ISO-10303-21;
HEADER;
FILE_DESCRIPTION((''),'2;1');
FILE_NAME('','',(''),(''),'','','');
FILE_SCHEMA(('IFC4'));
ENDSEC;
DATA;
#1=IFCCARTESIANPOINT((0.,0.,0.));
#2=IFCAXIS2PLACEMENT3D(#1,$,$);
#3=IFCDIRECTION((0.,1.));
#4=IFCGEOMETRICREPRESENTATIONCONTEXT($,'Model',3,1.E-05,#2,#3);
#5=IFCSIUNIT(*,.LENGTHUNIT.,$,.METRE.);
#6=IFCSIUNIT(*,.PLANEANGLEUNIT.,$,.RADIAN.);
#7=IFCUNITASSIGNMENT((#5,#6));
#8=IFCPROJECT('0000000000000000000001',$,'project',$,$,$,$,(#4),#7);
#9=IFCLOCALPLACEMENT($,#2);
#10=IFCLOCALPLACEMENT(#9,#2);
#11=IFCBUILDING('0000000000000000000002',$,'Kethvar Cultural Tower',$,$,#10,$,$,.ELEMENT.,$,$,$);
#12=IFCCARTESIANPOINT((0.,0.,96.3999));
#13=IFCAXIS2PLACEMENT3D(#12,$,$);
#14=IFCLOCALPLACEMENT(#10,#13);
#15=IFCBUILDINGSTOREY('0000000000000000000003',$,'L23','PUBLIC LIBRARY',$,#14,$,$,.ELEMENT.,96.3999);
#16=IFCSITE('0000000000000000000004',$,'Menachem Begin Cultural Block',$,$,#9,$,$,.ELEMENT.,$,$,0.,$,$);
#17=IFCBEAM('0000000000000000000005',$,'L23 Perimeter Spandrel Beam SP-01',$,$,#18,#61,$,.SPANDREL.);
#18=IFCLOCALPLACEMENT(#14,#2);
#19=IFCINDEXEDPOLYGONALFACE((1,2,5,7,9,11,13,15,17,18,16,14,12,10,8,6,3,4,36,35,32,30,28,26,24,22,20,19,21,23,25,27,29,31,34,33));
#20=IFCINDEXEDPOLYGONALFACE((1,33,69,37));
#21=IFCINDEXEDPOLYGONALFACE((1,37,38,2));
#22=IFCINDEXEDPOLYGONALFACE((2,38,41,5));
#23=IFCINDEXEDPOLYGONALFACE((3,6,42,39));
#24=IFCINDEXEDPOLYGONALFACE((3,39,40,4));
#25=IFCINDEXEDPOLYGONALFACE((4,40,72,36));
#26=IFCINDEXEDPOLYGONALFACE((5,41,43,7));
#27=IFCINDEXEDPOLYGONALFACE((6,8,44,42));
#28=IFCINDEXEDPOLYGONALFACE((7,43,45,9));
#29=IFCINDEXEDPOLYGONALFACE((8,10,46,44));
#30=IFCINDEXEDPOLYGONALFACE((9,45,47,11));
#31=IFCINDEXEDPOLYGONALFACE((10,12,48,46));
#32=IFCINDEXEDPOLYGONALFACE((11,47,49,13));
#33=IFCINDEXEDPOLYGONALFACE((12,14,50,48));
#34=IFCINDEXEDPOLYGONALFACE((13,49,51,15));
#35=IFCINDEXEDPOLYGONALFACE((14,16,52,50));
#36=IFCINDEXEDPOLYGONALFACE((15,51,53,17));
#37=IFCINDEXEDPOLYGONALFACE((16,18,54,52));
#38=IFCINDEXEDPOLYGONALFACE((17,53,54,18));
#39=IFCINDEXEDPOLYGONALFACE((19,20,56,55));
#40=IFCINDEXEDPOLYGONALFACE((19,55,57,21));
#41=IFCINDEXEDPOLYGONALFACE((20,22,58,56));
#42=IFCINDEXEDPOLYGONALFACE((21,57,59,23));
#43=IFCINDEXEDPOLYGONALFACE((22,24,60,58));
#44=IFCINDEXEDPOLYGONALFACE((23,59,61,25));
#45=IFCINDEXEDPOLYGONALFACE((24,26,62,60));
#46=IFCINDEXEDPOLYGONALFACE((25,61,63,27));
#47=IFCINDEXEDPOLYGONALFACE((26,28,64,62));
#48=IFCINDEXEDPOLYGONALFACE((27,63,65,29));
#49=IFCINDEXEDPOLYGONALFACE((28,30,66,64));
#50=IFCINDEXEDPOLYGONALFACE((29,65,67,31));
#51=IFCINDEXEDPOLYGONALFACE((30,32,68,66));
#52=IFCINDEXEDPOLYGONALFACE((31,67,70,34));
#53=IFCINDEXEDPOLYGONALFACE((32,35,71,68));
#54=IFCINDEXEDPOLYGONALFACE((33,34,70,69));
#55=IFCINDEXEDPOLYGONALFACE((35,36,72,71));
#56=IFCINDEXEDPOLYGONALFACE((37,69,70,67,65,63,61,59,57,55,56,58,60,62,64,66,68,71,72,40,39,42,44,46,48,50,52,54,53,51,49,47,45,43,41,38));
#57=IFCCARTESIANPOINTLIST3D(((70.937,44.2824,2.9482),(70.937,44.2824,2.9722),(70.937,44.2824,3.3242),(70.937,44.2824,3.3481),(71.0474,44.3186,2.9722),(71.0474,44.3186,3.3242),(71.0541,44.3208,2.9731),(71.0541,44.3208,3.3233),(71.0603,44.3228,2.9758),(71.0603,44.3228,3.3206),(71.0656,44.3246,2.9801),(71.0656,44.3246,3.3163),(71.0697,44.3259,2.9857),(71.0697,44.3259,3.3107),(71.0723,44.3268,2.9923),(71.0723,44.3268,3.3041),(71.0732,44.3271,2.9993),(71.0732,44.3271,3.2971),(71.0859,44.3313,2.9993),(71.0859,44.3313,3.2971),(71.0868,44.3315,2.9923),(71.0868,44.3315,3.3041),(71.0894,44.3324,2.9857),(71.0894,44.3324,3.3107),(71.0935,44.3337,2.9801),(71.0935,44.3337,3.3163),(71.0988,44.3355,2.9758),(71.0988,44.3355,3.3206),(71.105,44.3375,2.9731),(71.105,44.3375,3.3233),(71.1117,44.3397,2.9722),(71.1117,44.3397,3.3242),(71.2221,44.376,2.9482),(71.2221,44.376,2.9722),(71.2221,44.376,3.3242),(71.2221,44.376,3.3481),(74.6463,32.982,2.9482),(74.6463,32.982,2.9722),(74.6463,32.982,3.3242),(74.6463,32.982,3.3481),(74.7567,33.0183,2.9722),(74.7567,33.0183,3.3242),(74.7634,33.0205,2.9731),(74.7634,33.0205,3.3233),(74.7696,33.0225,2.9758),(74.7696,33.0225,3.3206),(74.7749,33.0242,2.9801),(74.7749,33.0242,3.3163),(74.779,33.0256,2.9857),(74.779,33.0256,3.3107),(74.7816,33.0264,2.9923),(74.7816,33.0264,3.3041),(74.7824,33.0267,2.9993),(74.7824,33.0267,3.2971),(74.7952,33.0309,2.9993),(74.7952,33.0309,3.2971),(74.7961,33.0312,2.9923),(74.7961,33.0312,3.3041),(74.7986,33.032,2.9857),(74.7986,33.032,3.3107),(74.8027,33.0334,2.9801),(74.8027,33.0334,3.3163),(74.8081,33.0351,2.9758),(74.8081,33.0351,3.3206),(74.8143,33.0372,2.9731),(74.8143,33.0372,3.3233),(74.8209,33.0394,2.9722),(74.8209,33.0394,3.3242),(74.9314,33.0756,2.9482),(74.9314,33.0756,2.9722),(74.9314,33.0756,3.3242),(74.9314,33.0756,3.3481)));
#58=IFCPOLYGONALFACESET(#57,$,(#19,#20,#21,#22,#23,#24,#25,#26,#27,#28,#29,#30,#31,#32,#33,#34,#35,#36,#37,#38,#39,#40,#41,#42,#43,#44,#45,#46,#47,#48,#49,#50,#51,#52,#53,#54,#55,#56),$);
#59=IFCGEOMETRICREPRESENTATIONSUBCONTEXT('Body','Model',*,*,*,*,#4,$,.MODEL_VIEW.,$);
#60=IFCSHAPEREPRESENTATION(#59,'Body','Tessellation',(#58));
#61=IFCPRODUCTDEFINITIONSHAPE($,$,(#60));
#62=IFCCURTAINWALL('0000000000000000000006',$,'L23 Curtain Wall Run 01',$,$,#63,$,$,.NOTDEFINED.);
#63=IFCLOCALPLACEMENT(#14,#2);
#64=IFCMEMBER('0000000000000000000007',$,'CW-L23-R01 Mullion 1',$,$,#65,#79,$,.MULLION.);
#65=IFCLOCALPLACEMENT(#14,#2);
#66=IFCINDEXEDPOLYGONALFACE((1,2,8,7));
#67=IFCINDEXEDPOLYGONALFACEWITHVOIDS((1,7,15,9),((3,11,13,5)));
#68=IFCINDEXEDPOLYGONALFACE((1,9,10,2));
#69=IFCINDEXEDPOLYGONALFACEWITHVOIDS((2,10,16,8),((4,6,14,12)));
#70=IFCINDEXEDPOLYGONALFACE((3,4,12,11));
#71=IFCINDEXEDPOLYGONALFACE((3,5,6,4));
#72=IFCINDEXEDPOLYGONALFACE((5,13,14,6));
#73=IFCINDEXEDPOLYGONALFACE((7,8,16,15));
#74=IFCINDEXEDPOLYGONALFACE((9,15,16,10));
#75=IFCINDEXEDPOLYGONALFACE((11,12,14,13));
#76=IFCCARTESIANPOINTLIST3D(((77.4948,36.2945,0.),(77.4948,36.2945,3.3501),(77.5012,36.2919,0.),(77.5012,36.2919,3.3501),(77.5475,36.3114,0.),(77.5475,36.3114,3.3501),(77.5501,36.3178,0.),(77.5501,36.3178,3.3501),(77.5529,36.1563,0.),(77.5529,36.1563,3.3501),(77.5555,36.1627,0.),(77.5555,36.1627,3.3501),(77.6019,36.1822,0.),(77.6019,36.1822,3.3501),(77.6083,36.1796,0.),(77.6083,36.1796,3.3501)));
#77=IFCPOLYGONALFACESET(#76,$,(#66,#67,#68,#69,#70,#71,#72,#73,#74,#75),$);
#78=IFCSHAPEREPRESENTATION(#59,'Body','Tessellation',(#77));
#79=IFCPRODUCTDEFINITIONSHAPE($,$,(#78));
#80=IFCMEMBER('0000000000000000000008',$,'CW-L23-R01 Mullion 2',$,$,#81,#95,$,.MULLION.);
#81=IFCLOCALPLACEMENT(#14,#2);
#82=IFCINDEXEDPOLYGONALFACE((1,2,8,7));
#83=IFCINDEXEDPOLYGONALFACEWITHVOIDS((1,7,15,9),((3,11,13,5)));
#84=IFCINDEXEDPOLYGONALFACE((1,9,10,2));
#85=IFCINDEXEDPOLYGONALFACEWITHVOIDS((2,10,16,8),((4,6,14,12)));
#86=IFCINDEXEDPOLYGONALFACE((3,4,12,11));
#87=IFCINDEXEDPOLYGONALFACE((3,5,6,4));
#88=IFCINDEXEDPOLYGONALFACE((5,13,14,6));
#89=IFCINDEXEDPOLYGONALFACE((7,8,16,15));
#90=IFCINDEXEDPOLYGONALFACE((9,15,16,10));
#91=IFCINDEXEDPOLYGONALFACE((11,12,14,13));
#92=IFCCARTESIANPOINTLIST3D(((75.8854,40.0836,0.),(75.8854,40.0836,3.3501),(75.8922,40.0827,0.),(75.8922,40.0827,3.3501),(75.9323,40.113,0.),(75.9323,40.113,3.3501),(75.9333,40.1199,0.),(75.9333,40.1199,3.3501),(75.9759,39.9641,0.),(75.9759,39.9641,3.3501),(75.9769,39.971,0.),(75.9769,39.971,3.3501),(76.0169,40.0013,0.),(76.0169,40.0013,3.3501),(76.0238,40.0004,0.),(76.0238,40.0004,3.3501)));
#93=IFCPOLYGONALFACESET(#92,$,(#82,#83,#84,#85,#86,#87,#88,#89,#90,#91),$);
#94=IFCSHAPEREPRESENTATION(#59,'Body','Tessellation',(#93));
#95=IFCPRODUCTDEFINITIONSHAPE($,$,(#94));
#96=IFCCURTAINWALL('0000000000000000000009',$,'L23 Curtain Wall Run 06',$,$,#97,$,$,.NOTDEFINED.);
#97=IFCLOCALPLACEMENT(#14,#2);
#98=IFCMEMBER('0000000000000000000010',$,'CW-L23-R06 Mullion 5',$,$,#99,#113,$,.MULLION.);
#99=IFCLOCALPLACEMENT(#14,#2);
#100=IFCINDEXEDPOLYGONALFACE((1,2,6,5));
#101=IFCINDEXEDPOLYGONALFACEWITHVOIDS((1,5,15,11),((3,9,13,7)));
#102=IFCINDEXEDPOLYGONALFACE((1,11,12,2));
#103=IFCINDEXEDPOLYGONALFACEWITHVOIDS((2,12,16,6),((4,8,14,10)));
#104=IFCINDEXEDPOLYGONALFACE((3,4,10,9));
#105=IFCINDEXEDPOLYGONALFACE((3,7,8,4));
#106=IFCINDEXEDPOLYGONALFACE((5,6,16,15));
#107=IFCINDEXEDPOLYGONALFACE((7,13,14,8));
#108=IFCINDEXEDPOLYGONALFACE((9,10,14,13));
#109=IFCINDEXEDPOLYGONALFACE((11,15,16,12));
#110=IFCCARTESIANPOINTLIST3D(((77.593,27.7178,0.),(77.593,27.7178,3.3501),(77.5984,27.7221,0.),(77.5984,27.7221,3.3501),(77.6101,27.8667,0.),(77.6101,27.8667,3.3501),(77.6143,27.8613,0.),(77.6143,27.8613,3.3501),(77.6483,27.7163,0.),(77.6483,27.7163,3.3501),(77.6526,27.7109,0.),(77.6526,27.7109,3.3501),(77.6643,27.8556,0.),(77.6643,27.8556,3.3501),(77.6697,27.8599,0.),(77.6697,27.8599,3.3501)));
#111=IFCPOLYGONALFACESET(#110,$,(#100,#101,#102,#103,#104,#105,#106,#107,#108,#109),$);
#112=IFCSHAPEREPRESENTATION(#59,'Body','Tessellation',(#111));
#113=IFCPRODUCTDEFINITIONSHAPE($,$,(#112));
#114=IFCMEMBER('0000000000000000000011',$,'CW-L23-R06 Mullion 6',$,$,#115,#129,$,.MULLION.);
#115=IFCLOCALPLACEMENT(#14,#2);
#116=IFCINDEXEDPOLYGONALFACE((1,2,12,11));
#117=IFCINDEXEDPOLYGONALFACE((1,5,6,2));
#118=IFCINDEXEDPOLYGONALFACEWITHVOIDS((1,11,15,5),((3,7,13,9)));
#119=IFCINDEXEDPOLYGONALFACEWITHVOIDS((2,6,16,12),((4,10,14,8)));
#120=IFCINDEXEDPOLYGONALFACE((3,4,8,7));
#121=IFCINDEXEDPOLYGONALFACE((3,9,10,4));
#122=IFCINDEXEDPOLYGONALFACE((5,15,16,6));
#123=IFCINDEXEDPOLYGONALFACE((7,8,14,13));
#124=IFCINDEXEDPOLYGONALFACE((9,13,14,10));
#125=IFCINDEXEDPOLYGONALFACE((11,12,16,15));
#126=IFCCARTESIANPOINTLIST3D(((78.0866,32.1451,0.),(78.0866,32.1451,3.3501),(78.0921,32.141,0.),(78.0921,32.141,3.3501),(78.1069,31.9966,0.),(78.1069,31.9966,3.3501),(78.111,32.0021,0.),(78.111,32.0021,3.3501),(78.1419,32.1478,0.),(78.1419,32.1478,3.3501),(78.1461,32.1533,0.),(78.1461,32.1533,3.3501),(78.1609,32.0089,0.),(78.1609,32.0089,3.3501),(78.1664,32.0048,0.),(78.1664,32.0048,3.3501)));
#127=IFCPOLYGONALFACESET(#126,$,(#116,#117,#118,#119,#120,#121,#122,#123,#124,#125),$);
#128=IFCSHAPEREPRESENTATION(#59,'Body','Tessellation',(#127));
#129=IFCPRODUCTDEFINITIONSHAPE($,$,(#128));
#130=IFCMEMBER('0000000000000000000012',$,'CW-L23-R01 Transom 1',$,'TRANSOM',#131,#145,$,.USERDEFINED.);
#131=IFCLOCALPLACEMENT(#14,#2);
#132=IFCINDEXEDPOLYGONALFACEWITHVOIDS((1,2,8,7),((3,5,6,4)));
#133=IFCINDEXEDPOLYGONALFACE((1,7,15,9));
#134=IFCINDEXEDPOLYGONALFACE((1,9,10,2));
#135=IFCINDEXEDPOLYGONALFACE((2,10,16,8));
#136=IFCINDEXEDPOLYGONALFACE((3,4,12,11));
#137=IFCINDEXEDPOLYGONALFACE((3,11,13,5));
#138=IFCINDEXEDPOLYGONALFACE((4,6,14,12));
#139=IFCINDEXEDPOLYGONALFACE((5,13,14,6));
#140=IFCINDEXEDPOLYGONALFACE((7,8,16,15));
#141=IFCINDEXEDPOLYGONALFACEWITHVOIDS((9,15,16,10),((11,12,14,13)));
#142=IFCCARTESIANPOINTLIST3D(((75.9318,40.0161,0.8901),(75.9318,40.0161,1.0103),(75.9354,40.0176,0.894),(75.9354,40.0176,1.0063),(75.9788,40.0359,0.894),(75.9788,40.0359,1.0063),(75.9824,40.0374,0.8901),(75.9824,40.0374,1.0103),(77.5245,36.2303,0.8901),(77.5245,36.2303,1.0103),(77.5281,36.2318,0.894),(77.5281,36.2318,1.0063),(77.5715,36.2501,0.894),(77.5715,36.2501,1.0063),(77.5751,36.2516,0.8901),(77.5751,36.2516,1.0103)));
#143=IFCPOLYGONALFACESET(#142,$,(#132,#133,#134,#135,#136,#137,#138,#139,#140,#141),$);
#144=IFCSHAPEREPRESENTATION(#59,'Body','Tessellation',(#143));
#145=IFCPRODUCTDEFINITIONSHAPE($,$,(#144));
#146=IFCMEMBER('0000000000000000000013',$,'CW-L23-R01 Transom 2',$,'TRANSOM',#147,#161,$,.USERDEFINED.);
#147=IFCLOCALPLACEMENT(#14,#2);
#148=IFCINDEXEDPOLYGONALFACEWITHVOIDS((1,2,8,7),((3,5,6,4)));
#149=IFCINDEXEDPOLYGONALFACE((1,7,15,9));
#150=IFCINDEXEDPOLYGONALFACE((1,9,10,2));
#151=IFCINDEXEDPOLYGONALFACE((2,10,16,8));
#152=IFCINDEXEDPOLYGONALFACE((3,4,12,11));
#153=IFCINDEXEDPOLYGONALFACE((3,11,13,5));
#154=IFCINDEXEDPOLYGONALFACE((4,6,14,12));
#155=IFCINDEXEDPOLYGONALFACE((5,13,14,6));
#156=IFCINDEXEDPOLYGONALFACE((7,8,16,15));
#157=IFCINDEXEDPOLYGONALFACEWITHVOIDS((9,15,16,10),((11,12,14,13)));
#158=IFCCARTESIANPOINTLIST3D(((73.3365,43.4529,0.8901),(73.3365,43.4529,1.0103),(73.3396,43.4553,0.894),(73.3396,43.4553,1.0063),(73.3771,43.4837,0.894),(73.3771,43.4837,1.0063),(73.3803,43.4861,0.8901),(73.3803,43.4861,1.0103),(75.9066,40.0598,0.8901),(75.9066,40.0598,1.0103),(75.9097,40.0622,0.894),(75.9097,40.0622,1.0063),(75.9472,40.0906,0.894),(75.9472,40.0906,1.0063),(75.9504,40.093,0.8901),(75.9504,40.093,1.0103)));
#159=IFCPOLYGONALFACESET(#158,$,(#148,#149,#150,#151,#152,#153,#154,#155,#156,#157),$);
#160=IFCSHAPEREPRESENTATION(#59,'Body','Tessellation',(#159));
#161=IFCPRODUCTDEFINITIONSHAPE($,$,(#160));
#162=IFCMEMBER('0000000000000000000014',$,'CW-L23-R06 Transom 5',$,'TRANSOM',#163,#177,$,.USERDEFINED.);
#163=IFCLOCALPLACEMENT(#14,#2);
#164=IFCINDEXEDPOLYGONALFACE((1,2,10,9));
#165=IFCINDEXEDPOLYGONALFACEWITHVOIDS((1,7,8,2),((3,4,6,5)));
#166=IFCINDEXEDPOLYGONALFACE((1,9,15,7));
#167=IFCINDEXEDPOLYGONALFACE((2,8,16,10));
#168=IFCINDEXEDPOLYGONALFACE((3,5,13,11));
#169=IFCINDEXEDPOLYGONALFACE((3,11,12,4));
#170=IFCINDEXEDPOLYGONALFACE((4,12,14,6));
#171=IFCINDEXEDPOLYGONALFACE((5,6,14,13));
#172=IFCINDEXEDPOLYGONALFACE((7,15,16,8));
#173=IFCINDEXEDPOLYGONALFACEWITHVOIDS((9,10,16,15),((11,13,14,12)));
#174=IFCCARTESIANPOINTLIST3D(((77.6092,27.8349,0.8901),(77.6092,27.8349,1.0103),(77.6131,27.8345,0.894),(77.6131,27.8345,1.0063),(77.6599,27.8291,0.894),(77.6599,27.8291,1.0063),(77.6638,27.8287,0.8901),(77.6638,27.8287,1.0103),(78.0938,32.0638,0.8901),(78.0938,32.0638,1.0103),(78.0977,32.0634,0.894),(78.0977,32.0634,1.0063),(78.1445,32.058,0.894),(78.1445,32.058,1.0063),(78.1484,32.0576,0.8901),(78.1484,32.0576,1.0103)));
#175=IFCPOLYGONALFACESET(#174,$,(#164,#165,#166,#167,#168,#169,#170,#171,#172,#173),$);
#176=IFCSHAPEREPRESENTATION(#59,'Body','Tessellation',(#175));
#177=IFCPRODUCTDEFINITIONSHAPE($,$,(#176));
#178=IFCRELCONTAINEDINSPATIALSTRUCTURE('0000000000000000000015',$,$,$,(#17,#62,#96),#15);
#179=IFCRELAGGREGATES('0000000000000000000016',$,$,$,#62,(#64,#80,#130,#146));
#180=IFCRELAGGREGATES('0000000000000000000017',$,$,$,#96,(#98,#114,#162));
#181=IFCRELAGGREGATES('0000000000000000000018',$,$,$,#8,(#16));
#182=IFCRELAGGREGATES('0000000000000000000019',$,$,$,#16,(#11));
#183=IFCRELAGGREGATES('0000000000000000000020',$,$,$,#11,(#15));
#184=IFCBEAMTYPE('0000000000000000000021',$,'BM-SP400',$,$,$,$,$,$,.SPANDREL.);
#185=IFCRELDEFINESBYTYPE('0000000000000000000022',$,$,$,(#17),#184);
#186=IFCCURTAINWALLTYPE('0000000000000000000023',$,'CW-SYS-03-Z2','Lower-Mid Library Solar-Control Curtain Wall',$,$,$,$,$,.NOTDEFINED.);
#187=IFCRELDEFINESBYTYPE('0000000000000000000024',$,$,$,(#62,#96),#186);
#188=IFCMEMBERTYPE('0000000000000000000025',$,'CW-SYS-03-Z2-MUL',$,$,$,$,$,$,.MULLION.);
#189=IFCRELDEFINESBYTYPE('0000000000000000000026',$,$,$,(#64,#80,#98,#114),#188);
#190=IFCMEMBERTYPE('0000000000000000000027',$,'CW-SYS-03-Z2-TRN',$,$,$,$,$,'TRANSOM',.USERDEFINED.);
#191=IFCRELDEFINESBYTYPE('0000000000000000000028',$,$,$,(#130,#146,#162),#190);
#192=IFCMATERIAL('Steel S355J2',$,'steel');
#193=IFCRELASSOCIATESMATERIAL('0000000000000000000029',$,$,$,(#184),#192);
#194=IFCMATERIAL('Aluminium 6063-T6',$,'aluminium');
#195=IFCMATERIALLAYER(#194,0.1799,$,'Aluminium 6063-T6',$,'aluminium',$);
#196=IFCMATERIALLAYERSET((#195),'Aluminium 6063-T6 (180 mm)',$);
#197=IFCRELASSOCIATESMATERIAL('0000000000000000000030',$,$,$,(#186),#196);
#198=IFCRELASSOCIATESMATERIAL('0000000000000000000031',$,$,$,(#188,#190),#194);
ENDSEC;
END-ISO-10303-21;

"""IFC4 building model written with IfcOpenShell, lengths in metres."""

from ifc_helpers import new_model, si_unit, direction, frame, origin, origin_2d, place, context, subcontext, project, spatial, hollow_rectangle, i_section, extrude, source, transform, mapped, material, layer, layer_set, material_profile, profile_set, type_object, element, aggregate, save


model = new_model("IFC4")

# Units and contexts
model_context = context("Model", 3, precision=1e-05, world=origin(), true_north=direction((0.0, 1.0)))
body_context = subcontext(model_context, "Body", "Model", "MODEL_VIEW")
ifc_project = project(units=[si_unit("LENGTHUNIT", "METRE"), si_unit("PLANEANGLEUNIT", "RADIAN")], contexts=[model_context])

# Site, building, storey
site_placement = place(None, origin())
site = spatial("IfcSite", under=ifc_project, at=site_placement, Name="Menachem Begin Cultural Block", CompositionType="ELEMENT", RefElevation=0.0)
building_placement = place(site_placement, origin())
building = spatial("IfcBuilding", under=site, at=building_placement, Name="Kethvar Cultural Tower", CompositionType="ELEMENT")
storey_placement = place(building_placement, frame((0.0, 0.0, 96.3999)))
storey = spatial("IfcBuildingStorey", under=building, at=storey_placement, Name="L23", Description="PUBLIC LIBRARY", CompositionType="ELEMENT", Elevation=96.3999)

# Beam
ifc_material_1 = material(Name="Steel S355J2", Category="steel")
ifc_material_profile_1 = material_profile(ifc_material_1, i_section(OverallWidth=0.3, OverallDepth=0.3999, WebThickness=0.0134, FlangeThickness=0.0239, FilletRadius=0.0271, at=origin_2d()), Name="Steel S355J2 — HEB400")
ifc_profile_set_1 = profile_set([ifc_material_profile_1], Name="Steel S355J2 — HEB400")
beam_type_1 = type_object("IfcBeamType", Name="BM-SP400", PredefinedType="SPANDREL", material=ifc_profile_set_1)
shared_shape_1 = source(origin(), body_context, "Body", "SweptSolid", [
    extrude(i_section(OverallWidth=0.3, OverallDepth=0.3999, WebThickness=0.0134, FlangeThickness=0.0239, FilletRadius=0.0271, at=origin_2d()), origin(), (0.0, 0.0, 1.0), 11.8936),
])
beam_1_placement = place(storey_placement, frame((74.7888, 33.0288, 3.1482), z_axis=(-0.311871, 0.950125, 0.0), x_axis=(-0.950125, -0.311871, 0.0)))
element("IfcBeam", 1, at=beam_1_placement, inside=storey, type_object=beam_type_1, Name="L23 Perimeter Spandrel Beam SP-01", PredefinedType="SPANDREL", context=body_context, shape_type="MappedRepresentation", body=[
    mapped(shared_shape_1, transform((0.0, 0.0, 0.0), scale=1.0)),
])

# Curtain walls, members
ifc_material_2 = material(Name="Aluminium 6063-T6", Category="aluminium")
ifc_layer_1 = layer(ifc_material_2, 0.1799, Name="Aluminium 6063-T6", Category="aluminium")
ifc_layer_set_1 = layer_set([ifc_layer_1], Name="Aluminium 6063-T6 (180 mm)")
curtain_wall_type = type_object("IfcCurtainWallType", Name="CW-SYS-03-Z2", Description="Lower-Mid Library Solar-Control Curtain Wall", PredefinedType="NOTDEFINED", material=ifc_layer_set_1)
curtain_wall_1_placement = place(storey_placement, origin())
curtain_wall_1 = element("IfcCurtainWall", 2, at=curtain_wall_1_placement, inside=storey, type_object=curtain_wall_type, Name="L23 Curtain Wall Run 01", PredefinedType="NOTDEFINED")
ifc_material_profile_2 = material_profile(ifc_material_2, hollow_rectangle(XDim=0.0601, YDim=0.1499, WallThickness=0.0049, at=origin_2d()), Name="Aluminium 6063-T6 — RHS150x60x5")
ifc_profile_set_2 = profile_set([ifc_material_profile_2], Name="Aluminium 6063-T6 — RHS150x60x5")
member_type_1 = type_object("IfcMemberType", Name="CW-SYS-03-Z2-MUL", PredefinedType="MULLION", material=ifc_profile_set_2)
shared_shape_2 = source(origin(), body_context, "Body", "SweptSolid", [
    extrude(hollow_rectangle(XDim=0.0601, YDim=0.1499, WallThickness=0.0049, at=origin_2d()), origin(), (0.0, 0.0, 1.0), 3.3501),
])
member_1_placement = place(storey_placement, frame((77.5515, 36.2371, 0.0), z_axis=(0.0, 0.0, 1.0), x_axis=(-0.921728, -0.387837, 0.0)))
member_1 = element("IfcMember", 3, at=member_1_placement, type_object=member_type_1, Name="CW-L23-R01 Mullion 1", PredefinedType="MULLION", context=body_context, shape_type="MappedRepresentation", body=[
    mapped(shared_shape_2, transform((0.0, 0.0, 0.0), scale=1.0)),
])
member_2_placement = place(storey_placement, frame((75.9546, 40.042, 0.0), z_axis=(0.0, 0.0, 1.0), x_axis=(-0.797152, -0.603779, 0.0)))
member_2 = element("IfcMember", 4, at=member_2_placement, type_object=member_type_1, Name="CW-L23-R01 Mullion 2", PredefinedType="MULLION", context=body_context, shape_type="MappedRepresentation", body=[
    mapped(shared_shape_2, transform((0.0, 0.0, 0.0), scale=1.0)),
])
curtain_wall_2_placement = place(storey_placement, origin())
curtain_wall_2 = element("IfcCurtainWall", 5, at=curtain_wall_2_placement, inside=storey, type_object=curtain_wall_type, Name="L23 Curtain Wall Run 06", PredefinedType="NOTDEFINED")
member_3_placement = place(storey_placement, frame((77.6313, 27.7888, 0.0), z_axis=(0.0, 0.0, 1.0), x_axis=(-0.993491, 0.113914, 0.0)))
member_3 = element("IfcMember", 6, at=member_3_placement, type_object=member_type_1, Name="CW-L23-R06 Mullion 5", PredefinedType="MULLION", context=body_context, shape_type="MappedRepresentation", body=[
    mapped(shared_shape_2, transform((0.0, 0.0, 0.0), scale=1.0)),
])
member_4_placement = place(storey_placement, frame((78.1265, 32.075, 0.0), z_axis=(0.0, 0.0, 1.0), x_axis=(-0.990795, -0.13537, 0.0)))
member_4 = element("IfcMember", 7, at=member_4_placement, type_object=member_type_1, Name="CW-L23-R06 Mullion 6", PredefinedType="MULLION", context=body_context, shape_type="MappedRepresentation", body=[
    mapped(shared_shape_2, transform((0.0, 0.0, 0.0), scale=1.0)),
])

# Members
ifc_material_profile_3 = material_profile(ifc_material_2, hollow_rectangle(XDim=0.0549, YDim=0.1201, WallThickness=0.0039, at=origin_2d()), Name="Aluminium 6063-T6 — RHS120x55x4")
ifc_profile_set_3 = profile_set([ifc_material_profile_3], Name="Aluminium 6063-T6 — RHS120x55x4")
member_type_2 = type_object("IfcMemberType", Name="CW-SYS-03-Z2-TRN", ElementType="TRANSOM", PredefinedType="USERDEFINED", material=ifc_profile_set_3)
shared_shape_3 = source(origin(), body_context, "Body", "SweptSolid", [
    extrude(hollow_rectangle(XDim=0.0549, YDim=0.1201, WallThickness=0.0039, at=origin_2d()), origin(), (0.0, 0.0, 1.0), 4.1072),
])
member_5_placement = place(storey_placement, frame((77.5498, 36.241, 0.9502), z_axis=(-0.387791, 0.921747, 0.0), x_axis=(-0.921747, -0.387791, 0.0)))
member_5 = element("IfcMember", 8, at=member_5_placement, type_object=member_type_2, Name="CW-L23-R01 Transom 1", ObjectType="TRANSOM", PredefinedType="USERDEFINED", context=body_context, shape_type="MappedRepresentation", body=[
    mapped(shared_shape_3, transform((0.0, 0.0, 0.0), scale=1.0)),
])
shared_shape_4 = source(origin(), body_context, "Body", "SweptSolid", [
    extrude(hollow_rectangle(XDim=0.0549, YDim=0.1201, WallThickness=0.0039, at=origin_2d()), origin(), (0.0, 0.0, 1.0), 4.2566),
])
member_6_placement = place(storey_placement, frame((75.9285, 40.0764, 0.9502), z_axis=(-0.603793, 0.797142, 0.0), x_axis=(-0.797142, -0.603793, 0.0)))
member_6 = element("IfcMember", 9, at=member_6_placement, type_object=member_type_2, Name="CW-L23-R01 Transom 2", ObjectType="TRANSOM", PredefinedType="USERDEFINED", context=body_context, shape_type="MappedRepresentation", body=[
    mapped(shared_shape_4, transform((0.0, 0.0, 0.0), scale=1.0)),
])
member_7_placement = place(storey_placement, frame((77.6365, 27.8318, 0.9502), z_axis=(0.113849, 0.993498, 0.0), x_axis=(-0.993498, 0.113849, 0.0)))
member_7 = element("IfcMember", 10, at=member_7_placement, type_object=member_type_2, Name="CW-L23-R06 Transom 5", ObjectType="TRANSOM", PredefinedType="USERDEFINED", context=body_context, shape_type="MappedRepresentation", body=[
    mapped(shared_shape_4, transform((0.0, 0.0, 0.0), scale=1.0)),
])

aggregate(curtain_wall_1, [member_1, member_2, member_5, member_6])
aggregate(curtain_wall_2, [member_3, member_4, member_7])

save(model, "model.ifc")
